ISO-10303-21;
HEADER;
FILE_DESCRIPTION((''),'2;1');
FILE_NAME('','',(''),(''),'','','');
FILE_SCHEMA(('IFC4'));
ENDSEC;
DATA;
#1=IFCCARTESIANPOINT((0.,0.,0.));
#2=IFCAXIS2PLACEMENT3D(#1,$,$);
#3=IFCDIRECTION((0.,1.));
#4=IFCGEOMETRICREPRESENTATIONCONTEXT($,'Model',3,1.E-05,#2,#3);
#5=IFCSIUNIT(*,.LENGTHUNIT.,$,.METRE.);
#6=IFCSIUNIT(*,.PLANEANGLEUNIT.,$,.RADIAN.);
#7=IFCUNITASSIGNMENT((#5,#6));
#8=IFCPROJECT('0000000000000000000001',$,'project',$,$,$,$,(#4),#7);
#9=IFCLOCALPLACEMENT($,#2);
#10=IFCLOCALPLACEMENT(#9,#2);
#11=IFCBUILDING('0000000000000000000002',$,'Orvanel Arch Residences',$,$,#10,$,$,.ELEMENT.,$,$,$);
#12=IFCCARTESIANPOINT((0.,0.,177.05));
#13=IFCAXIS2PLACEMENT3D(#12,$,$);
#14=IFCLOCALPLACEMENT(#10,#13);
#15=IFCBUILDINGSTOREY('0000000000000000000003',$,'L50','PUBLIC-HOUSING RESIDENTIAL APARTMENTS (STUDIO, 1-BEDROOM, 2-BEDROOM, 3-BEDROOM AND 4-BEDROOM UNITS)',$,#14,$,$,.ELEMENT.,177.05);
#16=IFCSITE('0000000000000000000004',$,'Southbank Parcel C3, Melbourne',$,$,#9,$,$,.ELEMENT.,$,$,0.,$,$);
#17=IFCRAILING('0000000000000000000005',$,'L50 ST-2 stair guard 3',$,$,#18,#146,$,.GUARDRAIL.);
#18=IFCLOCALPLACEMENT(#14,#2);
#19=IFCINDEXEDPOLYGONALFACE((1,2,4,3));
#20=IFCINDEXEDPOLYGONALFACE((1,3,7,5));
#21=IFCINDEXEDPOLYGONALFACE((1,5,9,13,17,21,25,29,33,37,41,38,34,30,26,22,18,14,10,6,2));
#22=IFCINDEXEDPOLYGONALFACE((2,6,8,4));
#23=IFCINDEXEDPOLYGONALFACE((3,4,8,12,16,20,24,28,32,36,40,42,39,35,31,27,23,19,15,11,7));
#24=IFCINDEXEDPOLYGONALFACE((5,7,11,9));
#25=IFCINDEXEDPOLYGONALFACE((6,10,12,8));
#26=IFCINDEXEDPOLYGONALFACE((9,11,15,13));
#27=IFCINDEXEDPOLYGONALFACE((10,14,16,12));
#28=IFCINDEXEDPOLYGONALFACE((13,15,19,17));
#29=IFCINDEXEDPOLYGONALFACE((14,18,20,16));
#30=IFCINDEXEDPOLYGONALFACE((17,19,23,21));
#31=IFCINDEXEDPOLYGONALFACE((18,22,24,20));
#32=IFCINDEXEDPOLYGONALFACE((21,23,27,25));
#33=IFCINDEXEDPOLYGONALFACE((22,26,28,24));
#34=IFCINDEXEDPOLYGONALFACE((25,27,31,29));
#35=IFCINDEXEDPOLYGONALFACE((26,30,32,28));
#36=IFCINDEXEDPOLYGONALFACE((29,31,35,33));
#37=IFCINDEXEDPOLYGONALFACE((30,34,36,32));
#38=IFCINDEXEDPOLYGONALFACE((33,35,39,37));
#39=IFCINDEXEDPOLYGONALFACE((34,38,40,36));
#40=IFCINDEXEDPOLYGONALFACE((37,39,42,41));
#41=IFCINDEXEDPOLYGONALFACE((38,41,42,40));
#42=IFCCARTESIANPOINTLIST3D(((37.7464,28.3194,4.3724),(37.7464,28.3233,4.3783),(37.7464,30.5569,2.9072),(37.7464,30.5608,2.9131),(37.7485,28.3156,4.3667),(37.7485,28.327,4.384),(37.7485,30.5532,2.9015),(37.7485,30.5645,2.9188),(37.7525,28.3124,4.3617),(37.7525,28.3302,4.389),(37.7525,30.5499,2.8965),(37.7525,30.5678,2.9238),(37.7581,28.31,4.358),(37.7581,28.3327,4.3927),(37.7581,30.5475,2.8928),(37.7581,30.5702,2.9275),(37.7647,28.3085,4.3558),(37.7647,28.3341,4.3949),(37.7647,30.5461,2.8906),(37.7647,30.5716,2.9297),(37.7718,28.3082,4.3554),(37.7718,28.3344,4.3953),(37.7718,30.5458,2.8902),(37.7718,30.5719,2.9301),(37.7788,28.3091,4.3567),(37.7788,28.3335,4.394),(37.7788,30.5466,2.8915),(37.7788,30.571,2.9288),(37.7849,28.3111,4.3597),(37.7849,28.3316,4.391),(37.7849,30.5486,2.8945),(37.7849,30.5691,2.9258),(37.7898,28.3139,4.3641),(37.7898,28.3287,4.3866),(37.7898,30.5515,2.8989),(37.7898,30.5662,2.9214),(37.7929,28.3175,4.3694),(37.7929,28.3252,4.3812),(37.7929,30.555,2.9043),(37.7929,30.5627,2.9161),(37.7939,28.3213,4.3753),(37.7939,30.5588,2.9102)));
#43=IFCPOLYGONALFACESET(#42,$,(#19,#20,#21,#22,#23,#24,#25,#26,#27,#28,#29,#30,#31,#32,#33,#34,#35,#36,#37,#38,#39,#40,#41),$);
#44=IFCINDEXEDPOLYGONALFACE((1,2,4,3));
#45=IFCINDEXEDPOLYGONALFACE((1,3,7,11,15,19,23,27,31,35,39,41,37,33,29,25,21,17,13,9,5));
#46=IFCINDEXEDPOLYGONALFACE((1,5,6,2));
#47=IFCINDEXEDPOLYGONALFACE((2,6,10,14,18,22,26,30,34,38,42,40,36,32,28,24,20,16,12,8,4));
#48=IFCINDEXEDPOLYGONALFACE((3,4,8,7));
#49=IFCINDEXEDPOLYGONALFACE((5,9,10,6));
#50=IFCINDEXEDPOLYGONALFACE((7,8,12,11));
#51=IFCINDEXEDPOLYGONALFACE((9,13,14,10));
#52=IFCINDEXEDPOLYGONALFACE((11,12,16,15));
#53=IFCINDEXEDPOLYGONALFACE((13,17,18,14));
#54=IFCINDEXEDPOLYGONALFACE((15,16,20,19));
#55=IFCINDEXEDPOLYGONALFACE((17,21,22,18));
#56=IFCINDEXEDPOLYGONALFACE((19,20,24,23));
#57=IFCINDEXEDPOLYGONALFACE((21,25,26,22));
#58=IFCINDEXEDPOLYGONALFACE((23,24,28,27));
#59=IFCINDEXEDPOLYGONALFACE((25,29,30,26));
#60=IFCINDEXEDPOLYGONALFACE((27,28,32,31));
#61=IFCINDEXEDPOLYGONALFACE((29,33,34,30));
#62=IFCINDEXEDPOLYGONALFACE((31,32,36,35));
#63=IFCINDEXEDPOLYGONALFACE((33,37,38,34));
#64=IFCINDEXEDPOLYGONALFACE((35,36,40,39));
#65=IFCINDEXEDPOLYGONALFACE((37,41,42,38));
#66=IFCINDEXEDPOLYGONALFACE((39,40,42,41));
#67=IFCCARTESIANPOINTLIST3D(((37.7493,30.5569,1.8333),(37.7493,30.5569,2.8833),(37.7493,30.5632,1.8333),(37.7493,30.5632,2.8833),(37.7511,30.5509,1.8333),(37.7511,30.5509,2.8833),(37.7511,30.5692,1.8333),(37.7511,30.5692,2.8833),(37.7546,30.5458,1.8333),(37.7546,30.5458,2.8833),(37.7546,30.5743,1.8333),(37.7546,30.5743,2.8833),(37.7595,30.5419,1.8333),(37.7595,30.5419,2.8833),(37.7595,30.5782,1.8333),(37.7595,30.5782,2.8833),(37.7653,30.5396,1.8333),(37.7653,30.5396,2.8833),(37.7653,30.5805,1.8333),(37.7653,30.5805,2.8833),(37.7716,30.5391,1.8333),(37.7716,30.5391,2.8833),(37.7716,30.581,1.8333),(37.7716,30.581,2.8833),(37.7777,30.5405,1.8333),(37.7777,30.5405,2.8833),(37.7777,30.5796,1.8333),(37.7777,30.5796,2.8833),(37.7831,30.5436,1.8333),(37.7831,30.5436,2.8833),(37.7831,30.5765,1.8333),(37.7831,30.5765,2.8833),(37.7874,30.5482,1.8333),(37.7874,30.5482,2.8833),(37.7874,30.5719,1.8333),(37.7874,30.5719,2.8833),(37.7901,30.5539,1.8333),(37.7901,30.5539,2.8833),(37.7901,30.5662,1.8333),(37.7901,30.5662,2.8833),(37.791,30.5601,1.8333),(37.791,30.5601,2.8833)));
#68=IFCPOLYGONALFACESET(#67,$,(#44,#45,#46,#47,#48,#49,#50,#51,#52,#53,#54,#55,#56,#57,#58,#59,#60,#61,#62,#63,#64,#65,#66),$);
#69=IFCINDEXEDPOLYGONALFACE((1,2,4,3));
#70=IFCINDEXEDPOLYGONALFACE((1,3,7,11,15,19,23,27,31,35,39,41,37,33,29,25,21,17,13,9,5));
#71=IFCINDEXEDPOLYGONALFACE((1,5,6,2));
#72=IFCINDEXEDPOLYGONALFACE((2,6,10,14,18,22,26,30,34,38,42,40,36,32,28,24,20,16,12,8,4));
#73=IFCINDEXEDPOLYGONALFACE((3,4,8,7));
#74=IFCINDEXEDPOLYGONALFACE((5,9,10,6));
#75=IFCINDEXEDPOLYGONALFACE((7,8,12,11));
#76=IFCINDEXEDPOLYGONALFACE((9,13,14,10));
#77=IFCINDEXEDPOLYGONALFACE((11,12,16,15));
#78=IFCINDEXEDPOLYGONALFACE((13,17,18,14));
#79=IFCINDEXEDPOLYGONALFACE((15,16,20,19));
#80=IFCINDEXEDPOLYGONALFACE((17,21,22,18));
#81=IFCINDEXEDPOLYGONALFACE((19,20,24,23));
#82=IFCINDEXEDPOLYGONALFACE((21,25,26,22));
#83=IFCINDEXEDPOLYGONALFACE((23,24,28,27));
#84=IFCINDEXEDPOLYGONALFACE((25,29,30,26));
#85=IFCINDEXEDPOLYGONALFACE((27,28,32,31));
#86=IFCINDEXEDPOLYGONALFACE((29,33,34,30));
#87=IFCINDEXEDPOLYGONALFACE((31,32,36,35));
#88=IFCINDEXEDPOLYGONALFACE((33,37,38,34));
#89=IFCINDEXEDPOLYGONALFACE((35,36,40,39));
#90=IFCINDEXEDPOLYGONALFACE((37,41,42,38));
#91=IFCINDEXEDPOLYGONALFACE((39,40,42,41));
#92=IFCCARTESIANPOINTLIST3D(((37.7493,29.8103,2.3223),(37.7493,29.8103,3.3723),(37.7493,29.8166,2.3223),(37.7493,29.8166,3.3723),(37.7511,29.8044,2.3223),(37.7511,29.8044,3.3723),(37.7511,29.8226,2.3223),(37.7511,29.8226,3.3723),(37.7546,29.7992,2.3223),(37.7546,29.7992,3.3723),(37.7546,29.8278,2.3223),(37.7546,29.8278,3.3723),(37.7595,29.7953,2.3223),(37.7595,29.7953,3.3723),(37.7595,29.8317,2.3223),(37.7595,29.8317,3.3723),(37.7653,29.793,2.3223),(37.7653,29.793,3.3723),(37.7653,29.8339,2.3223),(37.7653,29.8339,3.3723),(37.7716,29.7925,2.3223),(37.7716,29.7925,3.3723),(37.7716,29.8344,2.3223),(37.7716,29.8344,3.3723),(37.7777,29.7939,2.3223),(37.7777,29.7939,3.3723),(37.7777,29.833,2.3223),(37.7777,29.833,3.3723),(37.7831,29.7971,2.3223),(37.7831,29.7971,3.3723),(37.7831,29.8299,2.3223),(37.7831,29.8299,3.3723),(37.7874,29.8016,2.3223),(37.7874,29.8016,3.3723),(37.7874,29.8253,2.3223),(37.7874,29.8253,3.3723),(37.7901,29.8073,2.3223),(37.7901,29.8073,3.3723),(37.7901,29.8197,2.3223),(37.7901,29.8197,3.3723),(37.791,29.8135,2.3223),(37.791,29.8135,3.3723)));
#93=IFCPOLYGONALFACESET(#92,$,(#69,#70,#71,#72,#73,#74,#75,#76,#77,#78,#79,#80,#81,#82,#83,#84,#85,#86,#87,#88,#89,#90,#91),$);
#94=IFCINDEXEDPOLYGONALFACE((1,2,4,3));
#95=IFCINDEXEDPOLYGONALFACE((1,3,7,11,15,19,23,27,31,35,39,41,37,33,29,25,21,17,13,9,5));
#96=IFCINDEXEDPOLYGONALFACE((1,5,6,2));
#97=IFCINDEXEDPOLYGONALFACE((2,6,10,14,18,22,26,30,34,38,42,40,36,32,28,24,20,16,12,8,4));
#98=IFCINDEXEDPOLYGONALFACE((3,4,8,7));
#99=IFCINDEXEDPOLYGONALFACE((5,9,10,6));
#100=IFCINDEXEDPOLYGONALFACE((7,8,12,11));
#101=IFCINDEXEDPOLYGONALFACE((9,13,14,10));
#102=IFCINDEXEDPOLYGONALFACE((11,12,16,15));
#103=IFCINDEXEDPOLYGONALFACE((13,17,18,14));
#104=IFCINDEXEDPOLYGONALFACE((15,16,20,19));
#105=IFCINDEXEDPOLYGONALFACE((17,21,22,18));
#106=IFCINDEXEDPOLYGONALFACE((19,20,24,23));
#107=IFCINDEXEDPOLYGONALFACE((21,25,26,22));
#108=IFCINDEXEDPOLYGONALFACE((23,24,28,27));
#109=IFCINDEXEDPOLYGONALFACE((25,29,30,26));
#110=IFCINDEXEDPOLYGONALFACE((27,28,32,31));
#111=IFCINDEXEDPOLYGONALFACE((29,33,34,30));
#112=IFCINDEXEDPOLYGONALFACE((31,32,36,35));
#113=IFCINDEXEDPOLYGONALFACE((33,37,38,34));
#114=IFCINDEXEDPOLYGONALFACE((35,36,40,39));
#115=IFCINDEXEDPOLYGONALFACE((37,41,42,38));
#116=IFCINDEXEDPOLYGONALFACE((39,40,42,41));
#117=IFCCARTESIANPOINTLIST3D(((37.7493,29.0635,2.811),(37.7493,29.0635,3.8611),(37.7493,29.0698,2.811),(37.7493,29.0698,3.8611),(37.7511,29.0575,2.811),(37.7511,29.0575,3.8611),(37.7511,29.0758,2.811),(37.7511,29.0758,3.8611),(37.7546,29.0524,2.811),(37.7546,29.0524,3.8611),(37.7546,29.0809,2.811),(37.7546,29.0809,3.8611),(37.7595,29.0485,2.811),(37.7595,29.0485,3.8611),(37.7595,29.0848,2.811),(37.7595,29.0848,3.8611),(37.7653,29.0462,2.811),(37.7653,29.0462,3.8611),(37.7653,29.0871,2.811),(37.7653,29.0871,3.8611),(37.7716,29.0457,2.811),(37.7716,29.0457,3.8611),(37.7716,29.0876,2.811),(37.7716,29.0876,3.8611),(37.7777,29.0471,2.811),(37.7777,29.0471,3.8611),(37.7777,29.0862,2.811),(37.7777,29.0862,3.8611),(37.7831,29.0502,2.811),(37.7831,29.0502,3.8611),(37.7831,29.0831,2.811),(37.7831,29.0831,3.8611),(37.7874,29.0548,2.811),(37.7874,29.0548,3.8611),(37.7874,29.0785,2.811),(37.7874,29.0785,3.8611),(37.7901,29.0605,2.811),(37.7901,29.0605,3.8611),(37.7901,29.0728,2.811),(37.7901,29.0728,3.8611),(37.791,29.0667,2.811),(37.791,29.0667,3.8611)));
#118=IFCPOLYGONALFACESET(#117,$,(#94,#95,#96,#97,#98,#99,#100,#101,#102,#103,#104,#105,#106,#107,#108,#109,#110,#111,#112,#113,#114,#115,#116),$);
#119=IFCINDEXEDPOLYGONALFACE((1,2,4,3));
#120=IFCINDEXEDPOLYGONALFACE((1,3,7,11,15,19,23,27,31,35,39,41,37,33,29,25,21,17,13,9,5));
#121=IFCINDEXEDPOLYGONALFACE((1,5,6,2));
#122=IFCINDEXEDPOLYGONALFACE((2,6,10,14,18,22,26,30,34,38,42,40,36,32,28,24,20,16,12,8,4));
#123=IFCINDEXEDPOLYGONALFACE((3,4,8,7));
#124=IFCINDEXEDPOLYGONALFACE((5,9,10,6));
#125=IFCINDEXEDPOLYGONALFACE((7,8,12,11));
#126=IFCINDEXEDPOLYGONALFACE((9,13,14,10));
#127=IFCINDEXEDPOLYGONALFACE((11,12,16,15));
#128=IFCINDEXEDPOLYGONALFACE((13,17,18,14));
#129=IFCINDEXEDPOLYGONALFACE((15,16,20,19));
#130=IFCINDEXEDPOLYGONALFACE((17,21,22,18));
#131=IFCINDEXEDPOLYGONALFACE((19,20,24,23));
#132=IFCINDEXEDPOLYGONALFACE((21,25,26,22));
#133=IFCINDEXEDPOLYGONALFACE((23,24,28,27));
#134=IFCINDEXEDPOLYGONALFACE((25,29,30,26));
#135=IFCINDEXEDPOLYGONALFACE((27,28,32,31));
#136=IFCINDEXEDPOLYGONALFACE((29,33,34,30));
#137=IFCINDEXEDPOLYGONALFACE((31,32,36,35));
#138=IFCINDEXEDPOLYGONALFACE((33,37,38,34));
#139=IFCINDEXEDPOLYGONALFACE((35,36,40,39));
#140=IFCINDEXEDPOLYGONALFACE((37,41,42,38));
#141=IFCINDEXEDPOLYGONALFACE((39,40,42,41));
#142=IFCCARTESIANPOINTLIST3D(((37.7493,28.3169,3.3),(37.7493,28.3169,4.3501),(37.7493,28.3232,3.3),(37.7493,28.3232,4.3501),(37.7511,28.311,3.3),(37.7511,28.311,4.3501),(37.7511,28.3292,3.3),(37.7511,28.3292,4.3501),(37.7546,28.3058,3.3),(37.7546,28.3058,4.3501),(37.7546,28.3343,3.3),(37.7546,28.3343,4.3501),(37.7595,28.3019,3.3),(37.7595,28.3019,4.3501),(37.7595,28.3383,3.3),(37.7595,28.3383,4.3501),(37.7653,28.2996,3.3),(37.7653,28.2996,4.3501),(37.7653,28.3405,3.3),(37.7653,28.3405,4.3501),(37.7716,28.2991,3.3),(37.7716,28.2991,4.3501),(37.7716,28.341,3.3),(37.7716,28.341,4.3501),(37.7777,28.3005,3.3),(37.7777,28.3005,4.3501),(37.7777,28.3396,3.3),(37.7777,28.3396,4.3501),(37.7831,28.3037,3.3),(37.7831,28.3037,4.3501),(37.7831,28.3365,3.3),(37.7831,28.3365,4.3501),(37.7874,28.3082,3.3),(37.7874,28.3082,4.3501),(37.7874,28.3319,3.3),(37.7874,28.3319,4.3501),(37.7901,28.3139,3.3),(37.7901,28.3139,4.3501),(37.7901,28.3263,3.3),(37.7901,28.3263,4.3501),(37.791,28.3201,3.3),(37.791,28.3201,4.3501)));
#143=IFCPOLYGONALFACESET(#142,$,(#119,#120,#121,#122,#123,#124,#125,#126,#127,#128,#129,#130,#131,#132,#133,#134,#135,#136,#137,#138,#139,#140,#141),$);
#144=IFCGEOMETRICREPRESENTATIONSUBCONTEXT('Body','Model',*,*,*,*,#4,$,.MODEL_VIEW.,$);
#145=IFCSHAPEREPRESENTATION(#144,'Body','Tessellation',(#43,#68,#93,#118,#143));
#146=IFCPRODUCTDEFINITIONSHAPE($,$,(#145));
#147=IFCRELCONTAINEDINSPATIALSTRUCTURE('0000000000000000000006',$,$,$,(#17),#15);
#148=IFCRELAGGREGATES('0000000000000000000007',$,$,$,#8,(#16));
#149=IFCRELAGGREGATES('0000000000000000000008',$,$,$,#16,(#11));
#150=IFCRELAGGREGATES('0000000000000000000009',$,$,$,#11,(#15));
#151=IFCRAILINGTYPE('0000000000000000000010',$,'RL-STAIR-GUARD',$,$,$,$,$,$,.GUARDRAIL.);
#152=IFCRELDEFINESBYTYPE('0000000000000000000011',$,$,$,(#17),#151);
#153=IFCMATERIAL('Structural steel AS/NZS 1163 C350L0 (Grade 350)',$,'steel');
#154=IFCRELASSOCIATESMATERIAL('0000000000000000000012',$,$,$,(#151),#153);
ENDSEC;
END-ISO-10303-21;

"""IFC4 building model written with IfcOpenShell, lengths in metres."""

from ifc_helpers import new_model, si_unit, direction, frame, origin, origin_2d, place, context, subcontext, project, spatial, circle, extrude, material, type_object, element, save


model = new_model("IFC4")

# Units and contexts
model_context = context("Model", 3, precision=1e-05, world=origin(), true_north=direction((0.0, 1.0)))
body_context = subcontext(model_context, "Body", "Model", "MODEL_VIEW")
ifc_project = project(units=[si_unit("LENGTHUNIT", "METRE"), si_unit("PLANEANGLEUNIT", "RADIAN")], contexts=[model_context])

# Site, building, storey
site_placement = place(None, origin())
site = spatial("IfcSite", under=ifc_project, at=site_placement, Name="Southbank Parcel C3, Melbourne", CompositionType="ELEMENT", RefElevation=0.0)
building_placement = place(site_placement, origin())
building = spatial("IfcBuilding", under=site, at=building_placement, Name="Orvanel Arch Residences", CompositionType="ELEMENT")
storey_placement = place(building_placement, frame((0.0, 0.0, 177.05)))
storey = spatial("IfcBuildingStorey", under=building, at=storey_placement, Name="L50", Description="PUBLIC-HOUSING RESIDENTIAL APARTMENTS (STUDIO, 1-BEDROOM, 2-BEDROOM, 3-BEDROOM AND 4-BEDROOM UNITS)", CompositionType="ELEMENT", Elevation=177.05)

# Railing
ifc_material_1 = material(Name="Structural steel AS/NZS 1163 C350L0 (Grade 350)", Category="steel")
railing_type_1 = type_object("IfcRailingType", Name="RL-STAIR-GUARD", PredefinedType="GUARDRAIL", material=ifc_material_1)
railing_1_placement = place(storey_placement, frame((37.77, 30.5601, 1.8333)))
element("IfcRailing", 1, at=railing_1_placement, inside=storey, type_object=railing_type_1, Name="L50 ST-2 stair guard 3", PredefinedType="GUARDRAIL", context=body_context, shape_type="SweptSolid", body=[
    extrude(circle(Radius=0.0239, at=origin_2d()), frame((0.0, -0.0012, 1.0769), z_axis=(0.0, -0.836595, 0.547822), x_axis=(1.0, 0.0, 0.0)), (0.0, 0.0, 1.0), 2.6746),
    extrude(circle(Radius=0.021, at=origin_2d()), origin(), (0.0, 0.0, 1.0), 1.05),
    extrude(circle(Radius=0.021, at=origin_2d()), frame((0.0, -0.7466, 0.489)), (0.0, 0.0, 1.0), 1.05),
    extrude(circle(Radius=0.021, at=origin_2d()), frame((0.0, -1.4934, 0.9778)), (0.0, 0.0, 1.0), 1.05),
    extrude(circle(Radius=0.021, at=origin_2d()), frame((0.0, -2.24, 1.4668)), (0.0, 0.0, 1.0), 1.05),
])

save(model, "model.ifc")
